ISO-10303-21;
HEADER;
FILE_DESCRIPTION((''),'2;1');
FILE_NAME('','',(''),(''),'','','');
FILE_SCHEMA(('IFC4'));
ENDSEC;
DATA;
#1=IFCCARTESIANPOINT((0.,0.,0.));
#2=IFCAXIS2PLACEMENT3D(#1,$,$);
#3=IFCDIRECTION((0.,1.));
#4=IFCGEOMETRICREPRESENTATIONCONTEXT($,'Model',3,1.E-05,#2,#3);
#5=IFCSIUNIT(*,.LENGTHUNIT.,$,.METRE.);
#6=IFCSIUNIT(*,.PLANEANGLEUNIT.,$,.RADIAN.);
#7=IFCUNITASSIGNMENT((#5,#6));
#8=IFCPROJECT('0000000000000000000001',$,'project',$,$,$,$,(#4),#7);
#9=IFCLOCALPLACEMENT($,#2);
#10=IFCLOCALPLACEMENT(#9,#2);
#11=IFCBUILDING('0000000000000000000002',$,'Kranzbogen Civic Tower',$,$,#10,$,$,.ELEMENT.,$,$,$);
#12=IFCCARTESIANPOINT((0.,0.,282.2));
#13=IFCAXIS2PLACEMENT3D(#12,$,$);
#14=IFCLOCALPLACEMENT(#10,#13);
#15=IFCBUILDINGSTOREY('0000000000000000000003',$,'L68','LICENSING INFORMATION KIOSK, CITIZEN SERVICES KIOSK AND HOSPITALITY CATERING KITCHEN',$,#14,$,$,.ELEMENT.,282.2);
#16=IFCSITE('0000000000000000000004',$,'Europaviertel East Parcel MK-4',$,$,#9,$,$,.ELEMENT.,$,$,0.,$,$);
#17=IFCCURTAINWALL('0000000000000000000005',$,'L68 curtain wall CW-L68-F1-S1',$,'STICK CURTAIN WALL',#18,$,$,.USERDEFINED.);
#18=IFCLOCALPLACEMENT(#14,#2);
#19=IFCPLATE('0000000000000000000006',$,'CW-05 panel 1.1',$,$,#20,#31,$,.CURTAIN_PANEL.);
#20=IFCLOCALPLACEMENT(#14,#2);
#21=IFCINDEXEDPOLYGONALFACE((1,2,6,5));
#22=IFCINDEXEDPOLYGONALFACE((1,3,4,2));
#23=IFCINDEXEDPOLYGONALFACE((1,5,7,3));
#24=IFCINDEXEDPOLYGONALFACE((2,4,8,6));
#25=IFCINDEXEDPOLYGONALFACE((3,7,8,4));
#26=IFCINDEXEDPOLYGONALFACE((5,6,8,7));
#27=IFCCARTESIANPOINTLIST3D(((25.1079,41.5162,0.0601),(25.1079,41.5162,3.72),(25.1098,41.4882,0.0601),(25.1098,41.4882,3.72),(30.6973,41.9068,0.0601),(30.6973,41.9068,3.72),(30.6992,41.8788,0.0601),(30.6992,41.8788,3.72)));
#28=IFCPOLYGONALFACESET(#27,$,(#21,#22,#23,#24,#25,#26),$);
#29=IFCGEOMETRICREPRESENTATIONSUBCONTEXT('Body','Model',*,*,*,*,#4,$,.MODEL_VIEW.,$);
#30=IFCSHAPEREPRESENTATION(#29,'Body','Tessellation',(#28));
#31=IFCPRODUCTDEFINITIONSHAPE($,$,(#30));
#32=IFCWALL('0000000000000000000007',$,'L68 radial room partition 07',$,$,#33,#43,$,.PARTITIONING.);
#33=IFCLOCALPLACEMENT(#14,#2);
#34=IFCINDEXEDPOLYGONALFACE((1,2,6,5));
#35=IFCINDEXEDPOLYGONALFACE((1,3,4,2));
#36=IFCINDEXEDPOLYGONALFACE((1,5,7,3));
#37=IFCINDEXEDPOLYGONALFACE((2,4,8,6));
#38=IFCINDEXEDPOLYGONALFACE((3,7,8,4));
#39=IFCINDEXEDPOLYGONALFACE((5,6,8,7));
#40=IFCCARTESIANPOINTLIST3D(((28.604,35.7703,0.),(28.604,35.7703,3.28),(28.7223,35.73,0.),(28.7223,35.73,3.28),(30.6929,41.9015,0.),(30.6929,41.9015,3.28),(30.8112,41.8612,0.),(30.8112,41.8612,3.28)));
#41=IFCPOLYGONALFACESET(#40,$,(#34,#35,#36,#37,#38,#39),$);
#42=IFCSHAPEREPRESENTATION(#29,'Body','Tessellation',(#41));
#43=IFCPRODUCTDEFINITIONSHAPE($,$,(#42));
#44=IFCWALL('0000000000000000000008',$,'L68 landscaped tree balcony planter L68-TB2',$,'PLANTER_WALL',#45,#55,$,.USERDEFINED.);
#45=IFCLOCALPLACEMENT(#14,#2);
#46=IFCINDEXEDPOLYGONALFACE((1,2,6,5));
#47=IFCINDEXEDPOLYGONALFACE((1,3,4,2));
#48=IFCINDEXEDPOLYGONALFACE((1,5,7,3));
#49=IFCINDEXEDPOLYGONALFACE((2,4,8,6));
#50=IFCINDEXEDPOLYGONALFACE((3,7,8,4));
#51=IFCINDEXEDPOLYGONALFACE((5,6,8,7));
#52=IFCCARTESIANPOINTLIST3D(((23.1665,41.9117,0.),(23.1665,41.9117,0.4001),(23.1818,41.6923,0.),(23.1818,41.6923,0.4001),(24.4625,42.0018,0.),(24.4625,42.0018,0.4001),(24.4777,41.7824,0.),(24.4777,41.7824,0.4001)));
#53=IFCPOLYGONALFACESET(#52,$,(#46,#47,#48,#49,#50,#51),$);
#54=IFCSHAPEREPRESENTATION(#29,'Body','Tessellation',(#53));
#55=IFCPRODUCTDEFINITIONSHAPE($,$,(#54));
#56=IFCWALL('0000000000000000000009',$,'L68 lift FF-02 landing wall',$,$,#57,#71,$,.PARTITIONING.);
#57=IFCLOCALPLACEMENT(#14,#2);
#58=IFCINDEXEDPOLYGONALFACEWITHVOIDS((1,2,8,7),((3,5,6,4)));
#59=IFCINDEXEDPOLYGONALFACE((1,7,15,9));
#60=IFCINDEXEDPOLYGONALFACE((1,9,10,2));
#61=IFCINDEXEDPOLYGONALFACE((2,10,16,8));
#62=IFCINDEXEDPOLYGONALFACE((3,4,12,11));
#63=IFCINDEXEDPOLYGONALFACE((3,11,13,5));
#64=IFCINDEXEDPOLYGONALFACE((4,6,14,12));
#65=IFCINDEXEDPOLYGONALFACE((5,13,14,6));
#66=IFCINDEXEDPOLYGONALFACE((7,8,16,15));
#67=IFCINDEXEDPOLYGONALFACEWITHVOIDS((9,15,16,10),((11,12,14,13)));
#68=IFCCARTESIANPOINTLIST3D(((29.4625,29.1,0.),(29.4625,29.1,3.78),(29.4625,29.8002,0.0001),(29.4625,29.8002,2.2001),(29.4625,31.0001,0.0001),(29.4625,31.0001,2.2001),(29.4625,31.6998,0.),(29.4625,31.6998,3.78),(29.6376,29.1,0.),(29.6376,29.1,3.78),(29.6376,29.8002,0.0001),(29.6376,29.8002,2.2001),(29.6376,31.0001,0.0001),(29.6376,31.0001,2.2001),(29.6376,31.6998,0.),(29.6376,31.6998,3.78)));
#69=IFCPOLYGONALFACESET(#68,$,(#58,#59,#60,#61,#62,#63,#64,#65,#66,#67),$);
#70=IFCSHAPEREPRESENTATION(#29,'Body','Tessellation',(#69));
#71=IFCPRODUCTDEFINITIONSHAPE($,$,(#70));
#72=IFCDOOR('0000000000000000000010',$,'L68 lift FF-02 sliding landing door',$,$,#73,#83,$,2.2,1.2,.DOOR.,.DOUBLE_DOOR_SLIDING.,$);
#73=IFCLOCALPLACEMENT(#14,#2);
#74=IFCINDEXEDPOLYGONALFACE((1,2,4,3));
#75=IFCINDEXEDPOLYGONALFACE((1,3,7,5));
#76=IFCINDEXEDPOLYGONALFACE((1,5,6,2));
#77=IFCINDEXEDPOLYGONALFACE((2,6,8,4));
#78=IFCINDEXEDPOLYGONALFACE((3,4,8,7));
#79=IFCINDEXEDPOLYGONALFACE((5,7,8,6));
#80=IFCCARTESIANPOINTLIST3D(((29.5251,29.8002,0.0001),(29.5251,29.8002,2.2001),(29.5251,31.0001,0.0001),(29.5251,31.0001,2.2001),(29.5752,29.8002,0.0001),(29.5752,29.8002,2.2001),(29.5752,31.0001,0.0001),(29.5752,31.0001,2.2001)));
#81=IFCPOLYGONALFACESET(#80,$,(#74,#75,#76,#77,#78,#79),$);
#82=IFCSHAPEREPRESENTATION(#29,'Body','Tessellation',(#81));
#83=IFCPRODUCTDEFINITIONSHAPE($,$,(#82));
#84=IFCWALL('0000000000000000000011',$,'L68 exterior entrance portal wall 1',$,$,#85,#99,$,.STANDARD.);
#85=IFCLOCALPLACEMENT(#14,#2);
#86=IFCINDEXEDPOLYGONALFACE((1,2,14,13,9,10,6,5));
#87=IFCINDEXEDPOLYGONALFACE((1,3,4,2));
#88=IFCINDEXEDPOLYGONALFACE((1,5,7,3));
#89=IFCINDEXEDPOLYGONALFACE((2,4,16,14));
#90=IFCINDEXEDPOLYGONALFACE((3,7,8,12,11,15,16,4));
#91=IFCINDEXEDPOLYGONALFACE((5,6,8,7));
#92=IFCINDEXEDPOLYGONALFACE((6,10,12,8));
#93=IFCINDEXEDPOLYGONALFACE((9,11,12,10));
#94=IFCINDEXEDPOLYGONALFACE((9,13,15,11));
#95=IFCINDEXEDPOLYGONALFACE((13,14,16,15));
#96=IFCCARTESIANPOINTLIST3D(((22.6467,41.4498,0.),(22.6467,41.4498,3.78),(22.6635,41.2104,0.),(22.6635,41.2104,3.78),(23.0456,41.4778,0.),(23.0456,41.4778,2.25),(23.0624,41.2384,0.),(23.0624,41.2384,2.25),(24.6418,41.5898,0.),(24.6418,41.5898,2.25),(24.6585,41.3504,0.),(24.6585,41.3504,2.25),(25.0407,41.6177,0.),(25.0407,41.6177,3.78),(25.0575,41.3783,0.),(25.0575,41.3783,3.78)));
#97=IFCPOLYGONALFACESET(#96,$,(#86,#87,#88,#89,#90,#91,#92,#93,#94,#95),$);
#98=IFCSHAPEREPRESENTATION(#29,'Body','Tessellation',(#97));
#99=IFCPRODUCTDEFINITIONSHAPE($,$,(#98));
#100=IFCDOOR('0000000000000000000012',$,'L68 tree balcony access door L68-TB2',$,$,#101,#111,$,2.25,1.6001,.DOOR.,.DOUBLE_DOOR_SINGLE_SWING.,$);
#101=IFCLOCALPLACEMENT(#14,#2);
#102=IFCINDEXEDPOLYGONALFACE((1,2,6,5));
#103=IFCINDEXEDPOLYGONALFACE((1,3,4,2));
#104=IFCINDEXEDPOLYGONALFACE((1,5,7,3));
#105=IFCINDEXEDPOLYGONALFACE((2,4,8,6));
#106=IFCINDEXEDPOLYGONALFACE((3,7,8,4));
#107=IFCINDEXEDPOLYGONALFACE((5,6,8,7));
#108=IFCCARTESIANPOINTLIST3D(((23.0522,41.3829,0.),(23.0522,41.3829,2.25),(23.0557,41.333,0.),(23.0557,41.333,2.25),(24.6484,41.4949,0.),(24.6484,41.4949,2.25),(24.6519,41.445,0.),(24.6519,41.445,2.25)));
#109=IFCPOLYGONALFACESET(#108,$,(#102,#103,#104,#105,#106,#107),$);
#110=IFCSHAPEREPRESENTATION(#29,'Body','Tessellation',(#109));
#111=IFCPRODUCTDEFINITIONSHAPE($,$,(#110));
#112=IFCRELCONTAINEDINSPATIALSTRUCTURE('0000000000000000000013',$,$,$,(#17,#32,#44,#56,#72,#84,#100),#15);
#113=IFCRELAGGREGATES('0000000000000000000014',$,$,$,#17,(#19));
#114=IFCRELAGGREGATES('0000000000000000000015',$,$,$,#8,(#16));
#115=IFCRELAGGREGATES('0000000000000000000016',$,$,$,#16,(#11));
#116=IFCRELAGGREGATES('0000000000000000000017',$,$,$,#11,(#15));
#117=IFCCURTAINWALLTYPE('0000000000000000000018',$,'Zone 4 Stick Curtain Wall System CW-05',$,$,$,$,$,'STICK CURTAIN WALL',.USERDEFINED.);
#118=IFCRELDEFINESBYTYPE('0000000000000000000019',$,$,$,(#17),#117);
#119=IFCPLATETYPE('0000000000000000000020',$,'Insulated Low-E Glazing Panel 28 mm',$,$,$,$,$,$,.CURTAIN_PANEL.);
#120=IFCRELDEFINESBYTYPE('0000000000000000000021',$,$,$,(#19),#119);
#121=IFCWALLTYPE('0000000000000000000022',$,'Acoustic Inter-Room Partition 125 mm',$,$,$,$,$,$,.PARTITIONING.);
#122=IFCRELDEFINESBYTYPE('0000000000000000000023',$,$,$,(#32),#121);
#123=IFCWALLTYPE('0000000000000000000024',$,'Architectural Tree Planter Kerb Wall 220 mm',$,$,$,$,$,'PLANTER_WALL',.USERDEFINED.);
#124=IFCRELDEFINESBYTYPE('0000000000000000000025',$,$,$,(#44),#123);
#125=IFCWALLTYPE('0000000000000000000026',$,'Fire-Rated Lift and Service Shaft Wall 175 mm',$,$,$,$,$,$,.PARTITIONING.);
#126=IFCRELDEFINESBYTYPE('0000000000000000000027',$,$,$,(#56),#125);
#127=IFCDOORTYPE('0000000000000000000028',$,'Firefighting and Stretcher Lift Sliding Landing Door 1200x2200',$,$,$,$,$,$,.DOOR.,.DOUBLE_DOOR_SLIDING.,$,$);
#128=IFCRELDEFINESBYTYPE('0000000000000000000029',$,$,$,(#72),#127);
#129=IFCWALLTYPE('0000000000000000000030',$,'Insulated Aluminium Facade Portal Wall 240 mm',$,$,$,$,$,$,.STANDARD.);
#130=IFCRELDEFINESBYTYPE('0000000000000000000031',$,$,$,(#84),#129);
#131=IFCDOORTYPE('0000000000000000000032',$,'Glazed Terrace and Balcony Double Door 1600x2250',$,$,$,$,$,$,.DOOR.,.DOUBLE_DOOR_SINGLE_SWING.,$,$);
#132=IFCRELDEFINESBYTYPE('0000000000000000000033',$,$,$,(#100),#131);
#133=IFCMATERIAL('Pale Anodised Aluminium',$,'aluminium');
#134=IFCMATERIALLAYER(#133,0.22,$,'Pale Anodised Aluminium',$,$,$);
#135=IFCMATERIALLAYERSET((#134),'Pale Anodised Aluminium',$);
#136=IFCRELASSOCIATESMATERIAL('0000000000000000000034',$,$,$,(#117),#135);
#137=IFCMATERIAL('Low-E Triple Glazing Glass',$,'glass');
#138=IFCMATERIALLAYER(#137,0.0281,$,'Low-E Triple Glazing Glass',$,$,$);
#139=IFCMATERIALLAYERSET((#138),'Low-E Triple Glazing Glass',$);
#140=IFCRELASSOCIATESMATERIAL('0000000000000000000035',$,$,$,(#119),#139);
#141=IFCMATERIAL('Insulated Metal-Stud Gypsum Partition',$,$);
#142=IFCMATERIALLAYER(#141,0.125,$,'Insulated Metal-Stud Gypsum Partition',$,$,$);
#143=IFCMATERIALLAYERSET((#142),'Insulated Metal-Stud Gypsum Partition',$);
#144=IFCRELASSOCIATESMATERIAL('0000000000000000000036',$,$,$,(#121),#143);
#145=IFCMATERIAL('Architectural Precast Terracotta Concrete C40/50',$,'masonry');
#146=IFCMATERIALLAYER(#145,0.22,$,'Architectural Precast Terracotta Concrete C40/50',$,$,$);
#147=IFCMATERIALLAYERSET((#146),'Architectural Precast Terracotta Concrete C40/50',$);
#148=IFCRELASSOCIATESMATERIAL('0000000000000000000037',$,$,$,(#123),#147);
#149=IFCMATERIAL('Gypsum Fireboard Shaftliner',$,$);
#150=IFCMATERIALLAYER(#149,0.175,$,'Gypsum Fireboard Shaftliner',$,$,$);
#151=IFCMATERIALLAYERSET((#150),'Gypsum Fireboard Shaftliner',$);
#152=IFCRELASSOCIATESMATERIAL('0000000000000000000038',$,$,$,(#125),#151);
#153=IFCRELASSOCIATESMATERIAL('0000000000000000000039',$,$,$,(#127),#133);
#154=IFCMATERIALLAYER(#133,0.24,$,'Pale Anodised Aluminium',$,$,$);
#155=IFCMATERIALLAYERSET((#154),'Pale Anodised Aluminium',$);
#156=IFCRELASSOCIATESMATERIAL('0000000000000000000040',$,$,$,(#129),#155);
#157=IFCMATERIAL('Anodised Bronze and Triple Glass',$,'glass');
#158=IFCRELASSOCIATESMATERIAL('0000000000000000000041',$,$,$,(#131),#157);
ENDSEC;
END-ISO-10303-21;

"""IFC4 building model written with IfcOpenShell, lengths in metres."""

from ifc_helpers import new_model, si_unit, direction, frame, frame_2d, origin, origin_2d, place, context, subcontext, project, spatial, rectangle, extrude, material, layer, layer_set, type_object, element, fill, aggregate, save


model = new_model("IFC4")

# Units and contexts
model_context = context("Model", 3, precision=1e-05, world=origin(), true_north=direction((0.0, 1.0)))
body_context = subcontext(model_context, "Body", "Model", "MODEL_VIEW")
ifc_project = project(units=[si_unit("LENGTHUNIT", "METRE"), si_unit("PLANEANGLEUNIT", "RADIAN")], contexts=[model_context])

# Site, building, storey
site_placement = place(None, origin())
site = spatial("IfcSite", under=ifc_project, at=site_placement, Name="Europaviertel East Parcel MK-4", CompositionType="ELEMENT", RefElevation=0.0)
building_placement = place(site_placement, origin())
building = spatial("IfcBuilding", under=site, at=building_placement, Name="Kranzbogen Civic Tower", CompositionType="ELEMENT")
storey_placement = place(building_placement, frame((0.0, 0.0, 282.2)))
storey = spatial("IfcBuildingStorey", under=building, at=storey_placement, Name="L68", Description="LICENSING INFORMATION KIOSK, CITIZEN SERVICES KIOSK AND HOSPITALITY CATERING KITCHEN", CompositionType="ELEMENT", Elevation=282.2)

# Curtain wall
ifc_material_1 = material(Name="Pale Anodised Aluminium", Category="aluminium")
ifc_layer_1 = layer(ifc_material_1, 0.22, Name="Pale Anodised Aluminium")
ifc_layer_set_1 = layer_set([ifc_layer_1], Name="Pale Anodised Aluminium")
curtain_wall_type = type_object("IfcCurtainWallType", Name="Zone 4 Stick Curtain Wall System CW-05", ElementType="STICK CURTAIN WALL", PredefinedType="USERDEFINED", material=ifc_layer_set_1)
curtain_wall_1_placement = place(storey_placement, origin())
curtain_wall_1 = element("IfcCurtainWall", 1, at=curtain_wall_1_placement, inside=storey, type_object=curtain_wall_type, Name="L68 curtain wall CW-L68-F1-S1", ObjectType="STICK CURTAIN WALL", PredefinedType="USERDEFINED")

# Plate
ifc_material_2 = material(Name="Low-E Triple Glazing Glass", Category="glass")
ifc_layer_2 = layer(ifc_material_2, 0.0281, Name="Low-E Triple Glazing Glass")
ifc_layer_set_2 = layer_set([ifc_layer_2], Name="Low-E Triple Glazing Glass")
plate_type = type_object("IfcPlateType", Name="Insulated Low-E Glazing Panel 28 mm", PredefinedType="CURTAIN_PANEL", material=ifc_layer_set_2)
plate_placement = place(storey_placement, frame((27.9036, 41.6975, 0.0601), z_axis=(0.0, 0.0, 1.0), x_axis=(-0.997567, -0.06972, 0.0)))
plate = element("IfcPlate", 2, at=plate_placement, type_object=plate_type, Name="CW-05 panel 1.1", PredefinedType="CURTAIN_PANEL", context=body_context, shape_type="SweptSolid", body=[
    extrude(rectangle(XDim=5.603, YDim=0.0281, at=origin_2d()), origin(), (0.0, 0.0, 1.0), 3.6599),
])
aggregate(curtain_wall_1, [plate])

# Walls
ifc_material_3 = material(Name="Insulated Metal-Stud Gypsum Partition")
ifc_layer_3 = layer(ifc_material_3, 0.125, Name="Insulated Metal-Stud Gypsum Partition")
ifc_layer_set_3 = layer_set([ifc_layer_3], Name="Insulated Metal-Stud Gypsum Partition")
wall_type_1 = type_object("IfcWallType", Name="Acoustic Inter-Room Partition 125 mm", PredefinedType="PARTITIONING", material=ifc_layer_set_3)
wall_1_placement = place(storey_placement, frame((28.6631, 35.75, 0.0), z_axis=(0.0, 0.0, 1.0), x_axis=(0.322497, 0.946571, 0.0)))
element("IfcWall", 3, at=wall_1_placement, inside=storey, type_object=wall_type_1, Name="L68 radial room partition 07", PredefinedType="PARTITIONING", context=body_context, shape_type="SweptSolid", body=[
    extrude(rectangle(XDim=6.4773, YDim=0.125, at=frame_2d((3.2388, 0.0))), origin(), (0.0, 0.0, 1.0), 3.28),
])
ifc_material_4 = material(Name="Architectural Precast Terracotta Concrete C40/50", Category="masonry")
ifc_layer_4 = layer(ifc_material_4, 0.22, Name="Architectural Precast Terracotta Concrete C40/50")
ifc_layer_set_4 = layer_set([ifc_layer_4], Name="Architectural Precast Terracotta Concrete C40/50")
wall_type_2 = type_object("IfcWallType", Name="Architectural Tree Planter Kerb Wall 220 mm", ElementType="PLANTER_WALL", PredefinedType="USERDEFINED", material=ifc_layer_set_4)
wall_2_placement = place(storey_placement, frame((24.47, 41.8921, 0.0), z_axis=(0.0, 0.0, 1.0), x_axis=(-0.997592, -0.06935, 0.0)))
element("IfcWall", 4, at=wall_2_placement, inside=storey, type_object=wall_type_2, Name="L68 landscaped tree balcony planter L68-TB2", ObjectType="PLANTER_WALL", PredefinedType="USERDEFINED", context=body_context, shape_type="SweptSolid", body=[
    extrude(rectangle(XDim=1.2991, YDim=0.22, at=frame_2d((0.6494, 0.0))), origin(), (0.0, 0.0, 1.0), 0.4001),
])

# Walls, openings, doors
ifc_material_5 = material(Name="Gypsum Fireboard Shaftliner")
ifc_layer_5 = layer(ifc_material_5, 0.175, Name="Gypsum Fireboard Shaftliner")
ifc_layer_set_5 = layer_set([ifc_layer_5], Name="Gypsum Fireboard Shaftliner")
wall_type_3 = type_object("IfcWallType", Name="Fire-Rated Lift and Service Shaft Wall 175 mm", PredefinedType="PARTITIONING", material=ifc_layer_set_5)
wall_3_placement = place(storey_placement, frame((29.55, 29.1001, 0.0), z_axis=(0.0, 0.0, 1.0), x_axis=(0.0, 1.0, 0.0)))
wall_3 = element("IfcWall", 5, at=wall_3_placement, inside=storey, type_object=wall_type_3, Name="L68 lift FF-02 landing wall", PredefinedType="PARTITIONING", context=body_context, shape_type="SweptSolid", body=[
    extrude(rectangle(XDim=2.5999, YDim=0.175, at=frame_2d((1.2998, 0.0))), origin(), (0.0, 0.0, 1.0), 3.78),
])
opening_1_placement = place(wall_3_placement, frame((0.7, 0.0, 0.0)))
opening_1 = element("IfcOpeningElement", 6, at=opening_1_placement, cuts=wall_3, PredefinedType="OPENING", context=body_context, shape_type="SweptSolid", body=[
    extrude(rectangle(XDim=1.2, YDim=2.2, at=frame_2d((0.6001, 1.1001))), frame((0.0, 0.0977, 0.0), z_axis=(0.0, -1.0, 0.0), x_axis=(1.0, 0.0, 0.0)), (0.0, 0.0, 1.0), 0.1951),
])
door_type_1 = type_object("IfcDoorType", Name="Firefighting and Stretcher Lift Sliding Landing Door 1200x2200", OperationType="DOUBLE_DOOR_SLIDING", PredefinedType="DOOR", material=ifc_material_1)
door_1_placement = place(opening_1_placement, origin())
door_1 = element("IfcDoor", 7, at=door_1_placement, inside=storey, type_object=door_type_1, Name="L68 lift FF-02 sliding landing door", OperationType="DOUBLE_DOOR_SLIDING", OverallHeight=2.2, OverallWidth=1.2, PredefinedType="DOOR", context=body_context, shape_type="SweptSolid", body=[
    extrude(rectangle(XDim=1.2, YDim=2.2, at=frame_2d((0.6001, 1.1001))), frame((0.0, 0.0249, 0.0), z_axis=(0.0, -1.0, 0.0), x_axis=(1.0, 0.0, 0.0)), (0.0, 0.0, 1.0), 0.05),
])
fill(opening_1, door_1)
ifc_layer_6 = layer(ifc_material_1, 0.24, Name="Pale Anodised Aluminium")
ifc_layer_set_6 = layer_set([ifc_layer_6], Name="Pale Anodised Aluminium")
wall_type_4 = type_object("IfcWallType", Name="Insulated Aluminium Facade Portal Wall 240 mm", PredefinedType="STANDARD", material=ifc_layer_set_6)
wall_4_placement = place(storey_placement, frame((25.0491, 41.498, 0.0), z_axis=(0.0, 0.0, 1.0), x_axis=(-0.997548, -0.069989, 0.0)))
wall_4 = element("IfcWall", 8, at=wall_4_placement, inside=storey, type_object=wall_type_4, Name="L68 exterior entrance portal wall 1", PredefinedType="STANDARD", context=body_context, shape_type="SweptSolid", body=[
    extrude(rectangle(XDim=2.3999, YDim=0.24, at=frame_2d((1.2, 0.0))), origin(), (0.0, 0.0, 1.0), 3.78),
])
opening_2_placement = place(wall_4_placement, frame((0.3999, 0.0, 0.0)))
opening_2 = element("IfcOpeningElement", 9, at=opening_2_placement, cuts=wall_4, PredefinedType="OPENING", context=body_context, shape_type="SweptSolid", body=[
    extrude(rectangle(XDim=1.6001, YDim=2.25, at=frame_2d((0.8, 1.125))), frame((0.0, 0.1299, 0.0), z_axis=(0.0, -1.0, 0.0), x_axis=(1.0, 0.0, 0.0)), (0.0, 0.0, 1.0), 0.26),
])
ifc_material_6 = material(Name="Anodised Bronze and Triple Glass", Category="glass")
door_type_2 = type_object("IfcDoorType", Name="Glazed Terrace and Balcony Double Door 1600x2250", OperationType="DOUBLE_DOOR_SINGLE_SWING", PredefinedType="DOOR", material=ifc_material_6)
door_2_placement = place(opening_2_placement, frame((1.6001, 0.0, 0.0), z_axis=(0.0, 0.0, 1.0), x_axis=(-1.0, 0.0, 0.0)))
door_2 = element("IfcDoor", 10, at=door_2_placement, inside=storey, type_object=door_type_2, Name="L68 tree balcony access door L68-TB2", OperationType="DOUBLE_DOOR_SINGLE_SWING", OverallHeight=2.25, OverallWidth=1.6001, PredefinedType="DOOR", context=body_context, shape_type="SweptSolid", body=[
    extrude(rectangle(XDim=1.6001, YDim=2.25, at=frame_2d((0.8, 1.125))), frame((0.0, 0.0249, 0.0), z_axis=(0.0, -1.0, 0.0), x_axis=(1.0, 0.0, 0.0)), (0.0, 0.0, 1.0), 0.05),
])
fill(opening_2, door_2)

save(model, "model.ifc")
